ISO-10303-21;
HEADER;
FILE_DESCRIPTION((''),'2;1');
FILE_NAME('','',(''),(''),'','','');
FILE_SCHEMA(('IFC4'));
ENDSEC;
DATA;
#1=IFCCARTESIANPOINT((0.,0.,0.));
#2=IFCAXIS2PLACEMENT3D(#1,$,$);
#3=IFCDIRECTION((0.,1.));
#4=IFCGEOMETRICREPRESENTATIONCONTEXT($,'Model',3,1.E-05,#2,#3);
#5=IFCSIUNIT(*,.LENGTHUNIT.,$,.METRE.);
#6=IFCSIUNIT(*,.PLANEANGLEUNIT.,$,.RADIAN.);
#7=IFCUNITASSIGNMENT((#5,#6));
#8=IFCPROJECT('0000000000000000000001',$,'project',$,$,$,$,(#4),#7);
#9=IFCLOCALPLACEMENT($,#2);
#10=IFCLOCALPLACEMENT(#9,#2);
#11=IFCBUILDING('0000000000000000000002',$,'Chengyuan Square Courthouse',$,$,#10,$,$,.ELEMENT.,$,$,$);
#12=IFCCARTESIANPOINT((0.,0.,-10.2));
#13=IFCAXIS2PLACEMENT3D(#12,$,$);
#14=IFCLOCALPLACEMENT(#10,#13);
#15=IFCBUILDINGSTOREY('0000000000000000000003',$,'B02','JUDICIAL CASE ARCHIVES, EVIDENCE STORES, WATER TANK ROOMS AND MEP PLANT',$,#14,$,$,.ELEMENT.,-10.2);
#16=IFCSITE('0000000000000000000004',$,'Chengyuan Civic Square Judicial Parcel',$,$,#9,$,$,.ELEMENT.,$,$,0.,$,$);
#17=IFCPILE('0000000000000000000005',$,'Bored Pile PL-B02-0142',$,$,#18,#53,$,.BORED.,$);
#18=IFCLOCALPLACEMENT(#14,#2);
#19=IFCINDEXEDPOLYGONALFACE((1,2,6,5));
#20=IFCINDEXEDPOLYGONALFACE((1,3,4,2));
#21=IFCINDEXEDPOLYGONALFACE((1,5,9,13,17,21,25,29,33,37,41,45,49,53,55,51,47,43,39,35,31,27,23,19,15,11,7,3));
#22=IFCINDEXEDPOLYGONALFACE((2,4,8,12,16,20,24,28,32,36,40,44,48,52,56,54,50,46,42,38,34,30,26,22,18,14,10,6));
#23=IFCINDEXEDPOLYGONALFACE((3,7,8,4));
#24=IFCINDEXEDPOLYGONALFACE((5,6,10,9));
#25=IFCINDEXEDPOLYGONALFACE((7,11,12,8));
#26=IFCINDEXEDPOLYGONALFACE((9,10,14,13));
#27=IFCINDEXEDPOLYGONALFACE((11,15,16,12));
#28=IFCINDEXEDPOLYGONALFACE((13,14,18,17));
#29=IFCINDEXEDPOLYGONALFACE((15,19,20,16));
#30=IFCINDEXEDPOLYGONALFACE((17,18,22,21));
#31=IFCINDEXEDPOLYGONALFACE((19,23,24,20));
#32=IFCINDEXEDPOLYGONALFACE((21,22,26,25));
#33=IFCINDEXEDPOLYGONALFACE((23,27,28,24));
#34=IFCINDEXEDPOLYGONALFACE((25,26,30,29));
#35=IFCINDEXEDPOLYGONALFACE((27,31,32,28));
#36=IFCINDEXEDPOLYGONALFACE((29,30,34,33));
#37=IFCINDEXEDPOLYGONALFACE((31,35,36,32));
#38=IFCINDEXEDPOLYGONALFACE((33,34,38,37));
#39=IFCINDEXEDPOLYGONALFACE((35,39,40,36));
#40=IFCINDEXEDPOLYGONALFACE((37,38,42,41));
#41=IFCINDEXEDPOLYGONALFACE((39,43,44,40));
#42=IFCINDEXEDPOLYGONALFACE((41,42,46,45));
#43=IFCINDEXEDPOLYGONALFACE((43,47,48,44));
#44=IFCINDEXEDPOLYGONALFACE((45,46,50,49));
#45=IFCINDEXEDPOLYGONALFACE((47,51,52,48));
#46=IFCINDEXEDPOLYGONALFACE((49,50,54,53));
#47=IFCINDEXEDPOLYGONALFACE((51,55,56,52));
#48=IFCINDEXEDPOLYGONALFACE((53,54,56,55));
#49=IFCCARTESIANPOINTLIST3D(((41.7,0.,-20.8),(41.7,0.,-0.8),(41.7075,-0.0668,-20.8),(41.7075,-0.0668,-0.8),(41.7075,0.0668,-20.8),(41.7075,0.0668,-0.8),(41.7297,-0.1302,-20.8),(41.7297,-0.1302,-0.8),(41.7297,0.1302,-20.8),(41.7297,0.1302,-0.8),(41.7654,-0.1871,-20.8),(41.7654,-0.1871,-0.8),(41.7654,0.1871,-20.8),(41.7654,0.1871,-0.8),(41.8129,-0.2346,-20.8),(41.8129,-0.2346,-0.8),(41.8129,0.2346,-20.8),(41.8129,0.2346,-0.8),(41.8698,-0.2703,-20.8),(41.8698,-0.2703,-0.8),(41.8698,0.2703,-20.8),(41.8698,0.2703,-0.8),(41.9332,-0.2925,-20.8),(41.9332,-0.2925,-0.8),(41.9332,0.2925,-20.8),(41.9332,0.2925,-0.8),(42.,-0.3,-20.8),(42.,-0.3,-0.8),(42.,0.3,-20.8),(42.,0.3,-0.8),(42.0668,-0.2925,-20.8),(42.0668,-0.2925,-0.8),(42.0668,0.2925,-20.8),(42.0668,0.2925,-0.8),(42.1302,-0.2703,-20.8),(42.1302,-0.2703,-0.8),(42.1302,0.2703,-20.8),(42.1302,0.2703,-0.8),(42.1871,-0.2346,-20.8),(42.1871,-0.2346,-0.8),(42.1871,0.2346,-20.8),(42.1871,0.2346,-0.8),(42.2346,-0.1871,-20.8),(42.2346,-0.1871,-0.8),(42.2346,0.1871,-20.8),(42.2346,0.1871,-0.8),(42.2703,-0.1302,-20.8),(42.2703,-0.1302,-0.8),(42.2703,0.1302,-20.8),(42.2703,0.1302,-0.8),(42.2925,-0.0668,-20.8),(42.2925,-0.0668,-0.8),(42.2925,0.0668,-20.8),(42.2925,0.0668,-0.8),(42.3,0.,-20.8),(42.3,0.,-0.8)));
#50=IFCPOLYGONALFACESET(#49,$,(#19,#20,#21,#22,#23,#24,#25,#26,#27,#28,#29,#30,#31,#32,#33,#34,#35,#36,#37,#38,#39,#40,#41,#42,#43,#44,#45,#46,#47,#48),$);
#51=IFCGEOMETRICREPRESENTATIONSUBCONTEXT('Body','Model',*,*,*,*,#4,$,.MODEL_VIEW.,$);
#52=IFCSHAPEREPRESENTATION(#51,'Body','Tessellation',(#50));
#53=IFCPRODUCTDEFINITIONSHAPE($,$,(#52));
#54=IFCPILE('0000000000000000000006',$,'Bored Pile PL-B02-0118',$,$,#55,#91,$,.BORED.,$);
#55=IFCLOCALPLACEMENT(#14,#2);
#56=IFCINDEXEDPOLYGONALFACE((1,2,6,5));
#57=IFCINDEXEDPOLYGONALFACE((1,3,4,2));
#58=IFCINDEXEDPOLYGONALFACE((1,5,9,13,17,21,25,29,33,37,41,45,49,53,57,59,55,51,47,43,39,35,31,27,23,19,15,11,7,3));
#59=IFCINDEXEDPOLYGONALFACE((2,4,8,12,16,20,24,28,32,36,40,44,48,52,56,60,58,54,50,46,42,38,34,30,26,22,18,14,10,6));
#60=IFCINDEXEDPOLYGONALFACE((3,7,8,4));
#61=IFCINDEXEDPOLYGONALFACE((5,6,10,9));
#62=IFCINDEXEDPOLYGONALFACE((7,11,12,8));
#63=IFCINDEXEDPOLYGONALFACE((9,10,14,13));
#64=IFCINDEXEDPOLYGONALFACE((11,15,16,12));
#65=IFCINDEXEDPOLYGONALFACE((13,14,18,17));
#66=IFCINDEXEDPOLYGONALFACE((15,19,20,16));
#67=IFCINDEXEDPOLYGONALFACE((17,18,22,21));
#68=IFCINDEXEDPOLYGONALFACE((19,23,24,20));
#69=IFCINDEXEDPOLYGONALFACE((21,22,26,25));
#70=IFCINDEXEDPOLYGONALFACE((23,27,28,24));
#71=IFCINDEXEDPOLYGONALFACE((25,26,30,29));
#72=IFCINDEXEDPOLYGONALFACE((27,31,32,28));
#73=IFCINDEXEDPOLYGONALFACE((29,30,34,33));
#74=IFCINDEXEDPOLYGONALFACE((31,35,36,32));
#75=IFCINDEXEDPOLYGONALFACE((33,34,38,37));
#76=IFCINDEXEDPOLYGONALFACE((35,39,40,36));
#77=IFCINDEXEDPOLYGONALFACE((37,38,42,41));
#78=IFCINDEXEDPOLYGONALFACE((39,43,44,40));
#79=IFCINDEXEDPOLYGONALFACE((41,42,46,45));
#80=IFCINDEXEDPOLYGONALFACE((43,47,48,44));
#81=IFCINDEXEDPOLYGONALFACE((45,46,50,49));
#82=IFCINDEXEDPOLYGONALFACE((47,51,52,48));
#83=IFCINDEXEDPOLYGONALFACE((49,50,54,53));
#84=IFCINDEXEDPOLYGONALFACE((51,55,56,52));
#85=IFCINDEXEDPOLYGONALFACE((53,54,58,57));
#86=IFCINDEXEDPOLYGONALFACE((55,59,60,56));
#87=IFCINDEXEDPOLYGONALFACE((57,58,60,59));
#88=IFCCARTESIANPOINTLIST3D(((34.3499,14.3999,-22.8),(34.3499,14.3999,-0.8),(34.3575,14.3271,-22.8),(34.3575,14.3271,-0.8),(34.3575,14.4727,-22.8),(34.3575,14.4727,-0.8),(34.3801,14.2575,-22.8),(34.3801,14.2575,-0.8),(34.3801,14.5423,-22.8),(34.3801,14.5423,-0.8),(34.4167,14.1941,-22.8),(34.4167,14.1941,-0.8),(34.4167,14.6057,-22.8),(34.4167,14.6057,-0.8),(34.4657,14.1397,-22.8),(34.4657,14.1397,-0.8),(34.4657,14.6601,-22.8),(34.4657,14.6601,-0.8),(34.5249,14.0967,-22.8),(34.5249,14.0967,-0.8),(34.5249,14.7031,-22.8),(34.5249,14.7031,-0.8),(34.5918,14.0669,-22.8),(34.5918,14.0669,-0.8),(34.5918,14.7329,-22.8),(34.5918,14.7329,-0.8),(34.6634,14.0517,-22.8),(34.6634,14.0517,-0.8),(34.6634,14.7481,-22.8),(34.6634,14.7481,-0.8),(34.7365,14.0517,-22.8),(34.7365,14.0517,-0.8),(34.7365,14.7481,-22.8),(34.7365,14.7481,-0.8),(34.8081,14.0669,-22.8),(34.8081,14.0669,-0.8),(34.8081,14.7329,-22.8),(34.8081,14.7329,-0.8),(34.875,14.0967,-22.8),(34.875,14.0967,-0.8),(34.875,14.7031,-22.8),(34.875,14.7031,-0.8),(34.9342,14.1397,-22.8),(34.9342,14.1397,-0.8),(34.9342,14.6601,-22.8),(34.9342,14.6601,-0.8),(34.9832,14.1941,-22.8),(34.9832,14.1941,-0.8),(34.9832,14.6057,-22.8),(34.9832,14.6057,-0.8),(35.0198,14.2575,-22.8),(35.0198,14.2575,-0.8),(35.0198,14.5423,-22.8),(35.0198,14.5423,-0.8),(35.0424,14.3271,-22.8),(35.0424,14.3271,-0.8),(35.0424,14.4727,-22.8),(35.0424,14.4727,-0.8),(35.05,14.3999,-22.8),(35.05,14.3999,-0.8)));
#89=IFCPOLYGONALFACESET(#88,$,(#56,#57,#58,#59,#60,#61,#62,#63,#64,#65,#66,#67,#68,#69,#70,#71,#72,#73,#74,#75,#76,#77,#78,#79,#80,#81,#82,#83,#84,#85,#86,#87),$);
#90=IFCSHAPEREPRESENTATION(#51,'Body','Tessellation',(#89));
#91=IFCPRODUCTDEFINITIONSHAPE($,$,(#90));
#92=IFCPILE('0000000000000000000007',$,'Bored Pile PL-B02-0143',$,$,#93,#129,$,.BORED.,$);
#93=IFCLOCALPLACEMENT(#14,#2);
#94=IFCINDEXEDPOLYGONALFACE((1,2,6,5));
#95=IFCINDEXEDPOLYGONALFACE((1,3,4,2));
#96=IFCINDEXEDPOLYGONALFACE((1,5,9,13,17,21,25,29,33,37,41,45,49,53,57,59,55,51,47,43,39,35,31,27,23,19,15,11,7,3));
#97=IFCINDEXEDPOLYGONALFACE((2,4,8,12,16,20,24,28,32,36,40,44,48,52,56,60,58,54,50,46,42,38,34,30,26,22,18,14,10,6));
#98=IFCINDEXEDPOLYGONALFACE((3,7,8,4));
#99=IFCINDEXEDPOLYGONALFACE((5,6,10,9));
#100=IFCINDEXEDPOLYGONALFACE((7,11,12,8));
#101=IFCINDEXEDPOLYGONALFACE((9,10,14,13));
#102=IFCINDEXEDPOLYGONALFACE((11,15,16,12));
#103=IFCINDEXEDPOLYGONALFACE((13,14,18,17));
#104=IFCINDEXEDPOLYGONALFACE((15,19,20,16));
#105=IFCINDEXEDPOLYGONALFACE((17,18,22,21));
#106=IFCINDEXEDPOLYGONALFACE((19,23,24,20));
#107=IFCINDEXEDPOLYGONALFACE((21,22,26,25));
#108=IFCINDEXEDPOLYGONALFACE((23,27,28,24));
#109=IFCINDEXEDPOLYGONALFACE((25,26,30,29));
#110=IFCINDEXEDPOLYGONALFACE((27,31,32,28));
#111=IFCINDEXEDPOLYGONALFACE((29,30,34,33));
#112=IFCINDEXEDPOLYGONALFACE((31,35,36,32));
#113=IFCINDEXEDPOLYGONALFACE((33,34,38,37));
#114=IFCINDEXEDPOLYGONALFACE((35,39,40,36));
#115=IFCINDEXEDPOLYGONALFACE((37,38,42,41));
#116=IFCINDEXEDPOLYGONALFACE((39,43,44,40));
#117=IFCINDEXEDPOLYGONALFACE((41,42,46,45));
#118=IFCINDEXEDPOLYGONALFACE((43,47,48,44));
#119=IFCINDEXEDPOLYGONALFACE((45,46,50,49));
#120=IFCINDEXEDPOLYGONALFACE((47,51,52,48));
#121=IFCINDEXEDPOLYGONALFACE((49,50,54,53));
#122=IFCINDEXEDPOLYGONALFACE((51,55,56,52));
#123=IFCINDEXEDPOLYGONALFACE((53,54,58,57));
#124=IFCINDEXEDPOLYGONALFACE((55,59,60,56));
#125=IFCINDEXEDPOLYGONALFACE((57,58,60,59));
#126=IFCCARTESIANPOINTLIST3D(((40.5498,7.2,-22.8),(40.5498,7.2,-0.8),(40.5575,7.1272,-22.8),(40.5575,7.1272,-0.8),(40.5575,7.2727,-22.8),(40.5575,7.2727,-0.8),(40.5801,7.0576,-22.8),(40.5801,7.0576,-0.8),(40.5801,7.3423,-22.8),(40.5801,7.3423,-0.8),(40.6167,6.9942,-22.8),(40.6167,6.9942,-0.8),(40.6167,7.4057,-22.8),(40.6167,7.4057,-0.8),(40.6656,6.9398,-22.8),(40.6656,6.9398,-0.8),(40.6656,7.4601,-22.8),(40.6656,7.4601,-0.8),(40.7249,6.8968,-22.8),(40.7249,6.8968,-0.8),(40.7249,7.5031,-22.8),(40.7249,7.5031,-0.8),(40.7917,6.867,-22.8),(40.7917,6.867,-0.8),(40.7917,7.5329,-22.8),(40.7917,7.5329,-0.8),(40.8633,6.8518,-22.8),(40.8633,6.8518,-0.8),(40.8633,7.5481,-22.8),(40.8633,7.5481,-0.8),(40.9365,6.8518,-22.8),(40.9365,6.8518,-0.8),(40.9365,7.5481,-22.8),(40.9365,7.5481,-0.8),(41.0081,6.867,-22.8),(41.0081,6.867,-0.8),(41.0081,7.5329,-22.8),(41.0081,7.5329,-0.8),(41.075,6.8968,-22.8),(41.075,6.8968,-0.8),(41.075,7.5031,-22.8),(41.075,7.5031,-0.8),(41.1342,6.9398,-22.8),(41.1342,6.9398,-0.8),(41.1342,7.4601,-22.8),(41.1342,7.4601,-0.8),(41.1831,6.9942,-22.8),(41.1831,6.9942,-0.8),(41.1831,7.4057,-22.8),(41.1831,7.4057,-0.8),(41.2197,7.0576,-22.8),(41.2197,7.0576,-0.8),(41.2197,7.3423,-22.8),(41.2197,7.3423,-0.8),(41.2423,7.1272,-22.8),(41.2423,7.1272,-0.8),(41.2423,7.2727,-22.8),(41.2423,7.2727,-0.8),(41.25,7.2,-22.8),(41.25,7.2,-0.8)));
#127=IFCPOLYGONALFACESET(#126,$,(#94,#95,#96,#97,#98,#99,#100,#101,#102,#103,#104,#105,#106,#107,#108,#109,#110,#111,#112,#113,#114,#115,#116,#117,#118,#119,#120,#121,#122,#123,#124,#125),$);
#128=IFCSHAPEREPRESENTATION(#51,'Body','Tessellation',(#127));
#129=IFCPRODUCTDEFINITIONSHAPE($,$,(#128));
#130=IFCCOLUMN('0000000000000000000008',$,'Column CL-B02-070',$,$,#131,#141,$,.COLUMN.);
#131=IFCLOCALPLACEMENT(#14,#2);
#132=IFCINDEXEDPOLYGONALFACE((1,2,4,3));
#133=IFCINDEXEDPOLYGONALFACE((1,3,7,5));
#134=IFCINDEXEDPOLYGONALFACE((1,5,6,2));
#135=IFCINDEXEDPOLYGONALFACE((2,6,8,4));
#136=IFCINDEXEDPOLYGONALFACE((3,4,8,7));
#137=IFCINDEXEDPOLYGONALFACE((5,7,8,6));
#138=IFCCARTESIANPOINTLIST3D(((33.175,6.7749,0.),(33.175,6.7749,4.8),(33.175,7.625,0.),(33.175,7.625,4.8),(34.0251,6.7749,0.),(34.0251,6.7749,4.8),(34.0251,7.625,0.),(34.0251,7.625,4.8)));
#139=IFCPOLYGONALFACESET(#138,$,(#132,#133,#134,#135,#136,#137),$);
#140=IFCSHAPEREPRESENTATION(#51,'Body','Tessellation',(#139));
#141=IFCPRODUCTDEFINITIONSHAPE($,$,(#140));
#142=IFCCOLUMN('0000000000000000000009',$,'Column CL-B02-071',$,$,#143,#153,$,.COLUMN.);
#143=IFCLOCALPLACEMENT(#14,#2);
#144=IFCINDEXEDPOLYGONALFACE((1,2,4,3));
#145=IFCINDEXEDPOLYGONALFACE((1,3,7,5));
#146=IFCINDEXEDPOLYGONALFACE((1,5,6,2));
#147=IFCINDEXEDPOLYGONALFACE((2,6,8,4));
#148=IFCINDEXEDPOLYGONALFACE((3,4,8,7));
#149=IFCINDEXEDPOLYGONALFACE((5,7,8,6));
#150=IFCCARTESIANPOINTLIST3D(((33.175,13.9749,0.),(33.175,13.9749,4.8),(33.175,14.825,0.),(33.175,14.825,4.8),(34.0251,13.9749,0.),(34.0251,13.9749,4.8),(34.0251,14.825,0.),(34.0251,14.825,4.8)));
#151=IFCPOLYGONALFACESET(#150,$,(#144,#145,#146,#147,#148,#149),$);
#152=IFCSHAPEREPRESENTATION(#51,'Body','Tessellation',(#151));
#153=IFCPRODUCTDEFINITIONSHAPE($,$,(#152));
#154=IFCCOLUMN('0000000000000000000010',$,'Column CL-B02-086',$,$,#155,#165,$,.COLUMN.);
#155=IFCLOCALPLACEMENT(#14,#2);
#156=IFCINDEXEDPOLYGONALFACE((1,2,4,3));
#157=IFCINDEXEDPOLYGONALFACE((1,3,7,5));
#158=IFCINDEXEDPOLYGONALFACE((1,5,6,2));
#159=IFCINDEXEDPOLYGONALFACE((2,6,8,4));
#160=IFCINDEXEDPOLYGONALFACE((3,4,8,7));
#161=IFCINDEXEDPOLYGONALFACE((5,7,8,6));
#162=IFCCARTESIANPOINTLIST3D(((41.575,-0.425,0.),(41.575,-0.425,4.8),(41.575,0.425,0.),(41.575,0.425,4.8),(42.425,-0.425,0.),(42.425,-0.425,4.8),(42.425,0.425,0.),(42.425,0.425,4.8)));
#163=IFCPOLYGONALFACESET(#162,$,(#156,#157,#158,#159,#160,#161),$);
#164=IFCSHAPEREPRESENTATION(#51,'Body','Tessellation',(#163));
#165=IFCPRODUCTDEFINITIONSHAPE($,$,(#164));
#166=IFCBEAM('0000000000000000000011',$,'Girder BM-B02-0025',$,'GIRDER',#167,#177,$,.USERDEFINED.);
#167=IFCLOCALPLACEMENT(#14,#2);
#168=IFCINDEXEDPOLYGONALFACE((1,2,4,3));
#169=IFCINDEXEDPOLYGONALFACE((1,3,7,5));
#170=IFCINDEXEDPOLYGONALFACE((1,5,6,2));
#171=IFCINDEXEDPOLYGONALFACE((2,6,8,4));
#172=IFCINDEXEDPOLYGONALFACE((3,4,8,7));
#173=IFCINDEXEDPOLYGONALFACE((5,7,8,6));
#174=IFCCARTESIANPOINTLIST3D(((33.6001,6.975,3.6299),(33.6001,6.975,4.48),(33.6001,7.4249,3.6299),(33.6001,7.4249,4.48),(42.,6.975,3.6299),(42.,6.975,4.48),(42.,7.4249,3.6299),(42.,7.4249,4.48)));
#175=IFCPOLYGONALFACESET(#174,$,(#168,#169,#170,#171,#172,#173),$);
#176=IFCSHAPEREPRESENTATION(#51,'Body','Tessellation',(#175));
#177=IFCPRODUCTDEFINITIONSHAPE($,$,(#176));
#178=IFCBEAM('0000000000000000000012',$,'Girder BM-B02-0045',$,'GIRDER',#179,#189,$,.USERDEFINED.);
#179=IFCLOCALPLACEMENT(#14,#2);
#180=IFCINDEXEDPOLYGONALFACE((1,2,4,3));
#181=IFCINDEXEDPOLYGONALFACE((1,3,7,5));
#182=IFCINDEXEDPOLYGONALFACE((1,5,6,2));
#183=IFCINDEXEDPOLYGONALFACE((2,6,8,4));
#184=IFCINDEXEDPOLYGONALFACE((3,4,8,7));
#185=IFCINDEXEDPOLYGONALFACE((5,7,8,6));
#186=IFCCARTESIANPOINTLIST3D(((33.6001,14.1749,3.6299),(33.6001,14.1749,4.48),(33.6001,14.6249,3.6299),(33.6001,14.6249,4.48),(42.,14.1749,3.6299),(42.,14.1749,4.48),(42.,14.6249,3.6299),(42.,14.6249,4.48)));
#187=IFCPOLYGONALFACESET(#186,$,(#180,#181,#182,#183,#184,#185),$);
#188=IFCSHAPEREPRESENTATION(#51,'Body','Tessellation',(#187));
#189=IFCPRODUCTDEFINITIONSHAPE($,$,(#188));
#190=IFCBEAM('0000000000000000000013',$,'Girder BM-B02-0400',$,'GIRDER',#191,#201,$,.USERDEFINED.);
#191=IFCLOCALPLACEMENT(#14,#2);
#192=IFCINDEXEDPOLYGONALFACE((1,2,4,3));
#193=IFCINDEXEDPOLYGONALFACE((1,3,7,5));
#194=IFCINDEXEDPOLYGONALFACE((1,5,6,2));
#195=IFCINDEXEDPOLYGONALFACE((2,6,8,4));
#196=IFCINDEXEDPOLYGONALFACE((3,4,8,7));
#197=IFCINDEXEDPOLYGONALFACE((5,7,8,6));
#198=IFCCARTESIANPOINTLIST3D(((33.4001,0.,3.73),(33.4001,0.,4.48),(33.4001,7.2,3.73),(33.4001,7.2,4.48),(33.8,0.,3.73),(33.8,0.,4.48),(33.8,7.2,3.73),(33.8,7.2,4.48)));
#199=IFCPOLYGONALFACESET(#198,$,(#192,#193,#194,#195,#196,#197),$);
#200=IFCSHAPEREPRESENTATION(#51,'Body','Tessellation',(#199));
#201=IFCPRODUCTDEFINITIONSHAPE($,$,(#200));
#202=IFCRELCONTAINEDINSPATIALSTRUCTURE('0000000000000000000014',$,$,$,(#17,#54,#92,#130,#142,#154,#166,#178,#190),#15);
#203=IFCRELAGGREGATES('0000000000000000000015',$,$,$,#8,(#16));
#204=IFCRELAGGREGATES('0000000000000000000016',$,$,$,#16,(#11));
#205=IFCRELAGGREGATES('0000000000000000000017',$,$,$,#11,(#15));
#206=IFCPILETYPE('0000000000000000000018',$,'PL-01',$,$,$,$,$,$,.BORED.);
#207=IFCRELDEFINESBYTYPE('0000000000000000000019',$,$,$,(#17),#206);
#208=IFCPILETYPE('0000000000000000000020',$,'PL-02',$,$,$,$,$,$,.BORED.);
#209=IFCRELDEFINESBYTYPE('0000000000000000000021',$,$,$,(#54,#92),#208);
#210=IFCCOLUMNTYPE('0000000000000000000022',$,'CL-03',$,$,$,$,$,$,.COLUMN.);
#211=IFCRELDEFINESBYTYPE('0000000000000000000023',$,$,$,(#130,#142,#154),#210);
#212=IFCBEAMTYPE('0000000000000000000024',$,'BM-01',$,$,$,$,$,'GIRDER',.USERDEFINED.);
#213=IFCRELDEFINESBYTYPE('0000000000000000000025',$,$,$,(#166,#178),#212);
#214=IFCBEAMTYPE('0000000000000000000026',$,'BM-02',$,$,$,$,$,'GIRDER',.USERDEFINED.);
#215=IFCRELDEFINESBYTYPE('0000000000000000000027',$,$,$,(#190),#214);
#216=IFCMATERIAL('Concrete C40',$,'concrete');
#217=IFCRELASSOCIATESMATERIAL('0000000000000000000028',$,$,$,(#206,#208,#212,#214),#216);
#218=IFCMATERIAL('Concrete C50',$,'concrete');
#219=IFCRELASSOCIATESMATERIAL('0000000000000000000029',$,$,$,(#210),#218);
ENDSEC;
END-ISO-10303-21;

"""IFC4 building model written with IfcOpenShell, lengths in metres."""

from ifc_helpers import new_model, si_unit, direction, frame, origin, origin_2d, place, context, subcontext, project, spatial, rectangle, circle, extrude, material, material_profile, profile_set, type_object, element, save


model = new_model("IFC4")

# Units and contexts
model_context = context("Model", 3, precision=1e-05, world=origin(), true_north=direction((0.0, 1.0)))
body_context = subcontext(model_context, "Body", "Model", "MODEL_VIEW")
ifc_project = project(units=[si_unit("LENGTHUNIT", "METRE"), si_unit("PLANEANGLEUNIT", "RADIAN")], contexts=[model_context])

# Site, building, storey
site_placement = place(None, origin())
site = spatial("IfcSite", under=ifc_project, at=site_placement, Name="Chengyuan Civic Square Judicial Parcel", CompositionType="ELEMENT", RefElevation=0.0)
building_placement = place(site_placement, origin())
building = spatial("IfcBuilding", under=site, at=building_placement, Name="Chengyuan Square Courthouse", CompositionType="ELEMENT")
storey_placement = place(building_placement, frame((0.0, 0.0, -10.2)))
storey = spatial("IfcBuildingStorey", under=building, at=storey_placement, Name="B02", Description="JUDICIAL CASE ARCHIVES, EVIDENCE STORES, WATER TANK ROOMS AND MEP PLANT", CompositionType="ELEMENT", Elevation=-10.2)

# Shared definitions
ifc_material_1 = material(Name="Concrete C40", Category="concrete")

# Piles
ifc_material_profile_1 = material_profile(ifc_material_1, circle(Radius=0.3, at=origin_2d()), Name="BORED PILE D600")
ifc_profile_set_1 = profile_set([ifc_material_profile_1], Name="Concrete C40")
pile_type_1 = type_object("IfcPileType", Name="PL-01", PredefinedType="BORED", material=ifc_profile_set_1)
for number, where, z_axis, x_axis, name in (
    (1, (42.0, 0.0, -0.8), (0.0, 0.0, -1.0), (1.0, 0.0, 0.0), "Bored Pile PL-B02-0142"),
):
    element("IfcPile", number, at=place(storey_placement, frame(where, z_axis=z_axis, x_axis=x_axis)), inside=storey, type_object=pile_type_1, Name=name, PredefinedType="BORED", context=body_context, shape_type="SweptSolid", body=[
        extrude(circle(Radius=0.3, at=origin_2d()), origin(), (0.0, 0.0, 1.0), 20.0),
    ])
ifc_material_profile_2 = material_profile(ifc_material_1, circle(Radius=0.3501, at=origin_2d()), Name="BORED PILE D700")
ifc_profile_set_2 = profile_set([ifc_material_profile_2], Name="Concrete C40")
pile_type_2 = type_object("IfcPileType", Name="PL-02", PredefinedType="BORED", material=ifc_profile_set_2)
for number, where, z_axis, x_axis, name in (
    (2, (34.7, 14.3999, -0.8), (0.0, 0.0, -1.0), (1.0, 0.0, 0.0), "Bored Pile PL-B02-0118"),
    (3, (40.8999, 7.2, -0.8), (0.0, 0.0, -1.0), (1.0, 0.0, 0.0), "Bored Pile PL-B02-0143"),
):
    element("IfcPile", number, at=place(storey_placement, frame(where, z_axis=z_axis, x_axis=x_axis)), inside=storey, type_object=pile_type_2, Name=name, PredefinedType="BORED", context=body_context, shape_type="SweptSolid", body=[
        extrude(circle(Radius=0.3501, at=origin_2d()), origin(), (0.0, 0.0, 1.0), 22.0),
    ])

# Columns
ifc_material_2 = material(Name="Concrete C50", Category="concrete")
ifc_material_profile_3 = material_profile(ifc_material_2, rectangle(XDim=0.8501, YDim=0.8501, at=origin_2d()), Name="RC-COL-850x850")
ifc_profile_set_3 = profile_set([ifc_material_profile_3], Name="Concrete C50")
column_type = type_object("IfcColumnType", Name="CL-03", PredefinedType="COLUMN", material=ifc_profile_set_3)
for number, where, z_axis, x_axis, name in (
    (4, (33.6001, 7.2, 0.0), (0.0, 0.0, 1.0), (1.0, 0.0, 0.0), "Column CL-B02-070"),
    (5, (33.6001, 14.3999, 0.0), (0.0, 0.0, 1.0), (1.0, 0.0, 0.0), "Column CL-B02-071"),
    (6, (42.0, 0.0, 0.0), (0.0, 0.0, 1.0), (1.0, 0.0, 0.0), "Column CL-B02-086"),
):
    element("IfcColumn", number, at=place(storey_placement, frame(where, z_axis=z_axis, x_axis=x_axis)), inside=storey, type_object=column_type, Name=name, PredefinedType="COLUMN", context=body_context, shape_type="SweptSolid", body=[
        extrude(rectangle(XDim=0.8501, YDim=0.8501, at=origin_2d()), origin(), (0.0, 0.0, 1.0), 4.8),
    ])

# Beams
ifc_material_profile_4 = material_profile(ifc_material_1, rectangle(XDim=0.45, YDim=0.8501, at=origin_2d()), Name="RC-BM-450x850")
ifc_profile_set_4 = profile_set([ifc_material_profile_4], Name="Concrete C40")
beam_type_1 = type_object("IfcBeamType", Name="BM-01", ElementType="GIRDER", PredefinedType="USERDEFINED", material=ifc_profile_set_4)
for number, where, z_axis, x_axis, name in (
    (7, (33.6001, 7.2, 4.0549), (1.0, 0.0, 0.0), (0.0, 1.0, 0.0), "Girder BM-B02-0025"),
    (8, (33.6001, 14.3999, 4.0549), (1.0, 0.0, 0.0), (0.0, 1.0, 0.0), "Girder BM-B02-0045"),
):
    element("IfcBeam", number, at=place(storey_placement, frame(where, z_axis=z_axis, x_axis=x_axis)), inside=storey, type_object=beam_type_1, Name=name, ObjectType="GIRDER", PredefinedType="USERDEFINED", context=body_context, shape_type="SweptSolid", body=[
        extrude(rectangle(XDim=0.45, YDim=0.8501, at=origin_2d()), origin(), (0.0, 0.0, 1.0), 8.3999),
    ])
ifc_material_profile_5 = material_profile(ifc_material_1, rectangle(XDim=0.3999, YDim=0.75, at=origin_2d()), Name="RC-BM-400x750")
ifc_profile_set_5 = profile_set([ifc_material_profile_5], Name="Concrete C40")
beam_type_2 = type_object("IfcBeamType", Name="BM-02", ElementType="GIRDER", PredefinedType="USERDEFINED", material=ifc_profile_set_5)
for number, where, z_axis, x_axis, name in (
    (9, (33.6001, 0.0, 4.105), (0.0, 1.0, 0.0), (-1.0, 0.0, 0.0), "Girder BM-B02-0400"),
):
    element("IfcBeam", number, at=place(storey_placement, frame(where, z_axis=z_axis, x_axis=x_axis)), inside=storey, type_object=beam_type_2, Name=name, ObjectType="GIRDER", PredefinedType="USERDEFINED", context=body_context, shape_type="SweptSolid", body=[
        extrude(rectangle(XDim=0.3999, YDim=0.75, at=origin_2d()), origin(), (0.0, 0.0, 1.0), 7.2),
    ])

save(model, "model.ifc")
